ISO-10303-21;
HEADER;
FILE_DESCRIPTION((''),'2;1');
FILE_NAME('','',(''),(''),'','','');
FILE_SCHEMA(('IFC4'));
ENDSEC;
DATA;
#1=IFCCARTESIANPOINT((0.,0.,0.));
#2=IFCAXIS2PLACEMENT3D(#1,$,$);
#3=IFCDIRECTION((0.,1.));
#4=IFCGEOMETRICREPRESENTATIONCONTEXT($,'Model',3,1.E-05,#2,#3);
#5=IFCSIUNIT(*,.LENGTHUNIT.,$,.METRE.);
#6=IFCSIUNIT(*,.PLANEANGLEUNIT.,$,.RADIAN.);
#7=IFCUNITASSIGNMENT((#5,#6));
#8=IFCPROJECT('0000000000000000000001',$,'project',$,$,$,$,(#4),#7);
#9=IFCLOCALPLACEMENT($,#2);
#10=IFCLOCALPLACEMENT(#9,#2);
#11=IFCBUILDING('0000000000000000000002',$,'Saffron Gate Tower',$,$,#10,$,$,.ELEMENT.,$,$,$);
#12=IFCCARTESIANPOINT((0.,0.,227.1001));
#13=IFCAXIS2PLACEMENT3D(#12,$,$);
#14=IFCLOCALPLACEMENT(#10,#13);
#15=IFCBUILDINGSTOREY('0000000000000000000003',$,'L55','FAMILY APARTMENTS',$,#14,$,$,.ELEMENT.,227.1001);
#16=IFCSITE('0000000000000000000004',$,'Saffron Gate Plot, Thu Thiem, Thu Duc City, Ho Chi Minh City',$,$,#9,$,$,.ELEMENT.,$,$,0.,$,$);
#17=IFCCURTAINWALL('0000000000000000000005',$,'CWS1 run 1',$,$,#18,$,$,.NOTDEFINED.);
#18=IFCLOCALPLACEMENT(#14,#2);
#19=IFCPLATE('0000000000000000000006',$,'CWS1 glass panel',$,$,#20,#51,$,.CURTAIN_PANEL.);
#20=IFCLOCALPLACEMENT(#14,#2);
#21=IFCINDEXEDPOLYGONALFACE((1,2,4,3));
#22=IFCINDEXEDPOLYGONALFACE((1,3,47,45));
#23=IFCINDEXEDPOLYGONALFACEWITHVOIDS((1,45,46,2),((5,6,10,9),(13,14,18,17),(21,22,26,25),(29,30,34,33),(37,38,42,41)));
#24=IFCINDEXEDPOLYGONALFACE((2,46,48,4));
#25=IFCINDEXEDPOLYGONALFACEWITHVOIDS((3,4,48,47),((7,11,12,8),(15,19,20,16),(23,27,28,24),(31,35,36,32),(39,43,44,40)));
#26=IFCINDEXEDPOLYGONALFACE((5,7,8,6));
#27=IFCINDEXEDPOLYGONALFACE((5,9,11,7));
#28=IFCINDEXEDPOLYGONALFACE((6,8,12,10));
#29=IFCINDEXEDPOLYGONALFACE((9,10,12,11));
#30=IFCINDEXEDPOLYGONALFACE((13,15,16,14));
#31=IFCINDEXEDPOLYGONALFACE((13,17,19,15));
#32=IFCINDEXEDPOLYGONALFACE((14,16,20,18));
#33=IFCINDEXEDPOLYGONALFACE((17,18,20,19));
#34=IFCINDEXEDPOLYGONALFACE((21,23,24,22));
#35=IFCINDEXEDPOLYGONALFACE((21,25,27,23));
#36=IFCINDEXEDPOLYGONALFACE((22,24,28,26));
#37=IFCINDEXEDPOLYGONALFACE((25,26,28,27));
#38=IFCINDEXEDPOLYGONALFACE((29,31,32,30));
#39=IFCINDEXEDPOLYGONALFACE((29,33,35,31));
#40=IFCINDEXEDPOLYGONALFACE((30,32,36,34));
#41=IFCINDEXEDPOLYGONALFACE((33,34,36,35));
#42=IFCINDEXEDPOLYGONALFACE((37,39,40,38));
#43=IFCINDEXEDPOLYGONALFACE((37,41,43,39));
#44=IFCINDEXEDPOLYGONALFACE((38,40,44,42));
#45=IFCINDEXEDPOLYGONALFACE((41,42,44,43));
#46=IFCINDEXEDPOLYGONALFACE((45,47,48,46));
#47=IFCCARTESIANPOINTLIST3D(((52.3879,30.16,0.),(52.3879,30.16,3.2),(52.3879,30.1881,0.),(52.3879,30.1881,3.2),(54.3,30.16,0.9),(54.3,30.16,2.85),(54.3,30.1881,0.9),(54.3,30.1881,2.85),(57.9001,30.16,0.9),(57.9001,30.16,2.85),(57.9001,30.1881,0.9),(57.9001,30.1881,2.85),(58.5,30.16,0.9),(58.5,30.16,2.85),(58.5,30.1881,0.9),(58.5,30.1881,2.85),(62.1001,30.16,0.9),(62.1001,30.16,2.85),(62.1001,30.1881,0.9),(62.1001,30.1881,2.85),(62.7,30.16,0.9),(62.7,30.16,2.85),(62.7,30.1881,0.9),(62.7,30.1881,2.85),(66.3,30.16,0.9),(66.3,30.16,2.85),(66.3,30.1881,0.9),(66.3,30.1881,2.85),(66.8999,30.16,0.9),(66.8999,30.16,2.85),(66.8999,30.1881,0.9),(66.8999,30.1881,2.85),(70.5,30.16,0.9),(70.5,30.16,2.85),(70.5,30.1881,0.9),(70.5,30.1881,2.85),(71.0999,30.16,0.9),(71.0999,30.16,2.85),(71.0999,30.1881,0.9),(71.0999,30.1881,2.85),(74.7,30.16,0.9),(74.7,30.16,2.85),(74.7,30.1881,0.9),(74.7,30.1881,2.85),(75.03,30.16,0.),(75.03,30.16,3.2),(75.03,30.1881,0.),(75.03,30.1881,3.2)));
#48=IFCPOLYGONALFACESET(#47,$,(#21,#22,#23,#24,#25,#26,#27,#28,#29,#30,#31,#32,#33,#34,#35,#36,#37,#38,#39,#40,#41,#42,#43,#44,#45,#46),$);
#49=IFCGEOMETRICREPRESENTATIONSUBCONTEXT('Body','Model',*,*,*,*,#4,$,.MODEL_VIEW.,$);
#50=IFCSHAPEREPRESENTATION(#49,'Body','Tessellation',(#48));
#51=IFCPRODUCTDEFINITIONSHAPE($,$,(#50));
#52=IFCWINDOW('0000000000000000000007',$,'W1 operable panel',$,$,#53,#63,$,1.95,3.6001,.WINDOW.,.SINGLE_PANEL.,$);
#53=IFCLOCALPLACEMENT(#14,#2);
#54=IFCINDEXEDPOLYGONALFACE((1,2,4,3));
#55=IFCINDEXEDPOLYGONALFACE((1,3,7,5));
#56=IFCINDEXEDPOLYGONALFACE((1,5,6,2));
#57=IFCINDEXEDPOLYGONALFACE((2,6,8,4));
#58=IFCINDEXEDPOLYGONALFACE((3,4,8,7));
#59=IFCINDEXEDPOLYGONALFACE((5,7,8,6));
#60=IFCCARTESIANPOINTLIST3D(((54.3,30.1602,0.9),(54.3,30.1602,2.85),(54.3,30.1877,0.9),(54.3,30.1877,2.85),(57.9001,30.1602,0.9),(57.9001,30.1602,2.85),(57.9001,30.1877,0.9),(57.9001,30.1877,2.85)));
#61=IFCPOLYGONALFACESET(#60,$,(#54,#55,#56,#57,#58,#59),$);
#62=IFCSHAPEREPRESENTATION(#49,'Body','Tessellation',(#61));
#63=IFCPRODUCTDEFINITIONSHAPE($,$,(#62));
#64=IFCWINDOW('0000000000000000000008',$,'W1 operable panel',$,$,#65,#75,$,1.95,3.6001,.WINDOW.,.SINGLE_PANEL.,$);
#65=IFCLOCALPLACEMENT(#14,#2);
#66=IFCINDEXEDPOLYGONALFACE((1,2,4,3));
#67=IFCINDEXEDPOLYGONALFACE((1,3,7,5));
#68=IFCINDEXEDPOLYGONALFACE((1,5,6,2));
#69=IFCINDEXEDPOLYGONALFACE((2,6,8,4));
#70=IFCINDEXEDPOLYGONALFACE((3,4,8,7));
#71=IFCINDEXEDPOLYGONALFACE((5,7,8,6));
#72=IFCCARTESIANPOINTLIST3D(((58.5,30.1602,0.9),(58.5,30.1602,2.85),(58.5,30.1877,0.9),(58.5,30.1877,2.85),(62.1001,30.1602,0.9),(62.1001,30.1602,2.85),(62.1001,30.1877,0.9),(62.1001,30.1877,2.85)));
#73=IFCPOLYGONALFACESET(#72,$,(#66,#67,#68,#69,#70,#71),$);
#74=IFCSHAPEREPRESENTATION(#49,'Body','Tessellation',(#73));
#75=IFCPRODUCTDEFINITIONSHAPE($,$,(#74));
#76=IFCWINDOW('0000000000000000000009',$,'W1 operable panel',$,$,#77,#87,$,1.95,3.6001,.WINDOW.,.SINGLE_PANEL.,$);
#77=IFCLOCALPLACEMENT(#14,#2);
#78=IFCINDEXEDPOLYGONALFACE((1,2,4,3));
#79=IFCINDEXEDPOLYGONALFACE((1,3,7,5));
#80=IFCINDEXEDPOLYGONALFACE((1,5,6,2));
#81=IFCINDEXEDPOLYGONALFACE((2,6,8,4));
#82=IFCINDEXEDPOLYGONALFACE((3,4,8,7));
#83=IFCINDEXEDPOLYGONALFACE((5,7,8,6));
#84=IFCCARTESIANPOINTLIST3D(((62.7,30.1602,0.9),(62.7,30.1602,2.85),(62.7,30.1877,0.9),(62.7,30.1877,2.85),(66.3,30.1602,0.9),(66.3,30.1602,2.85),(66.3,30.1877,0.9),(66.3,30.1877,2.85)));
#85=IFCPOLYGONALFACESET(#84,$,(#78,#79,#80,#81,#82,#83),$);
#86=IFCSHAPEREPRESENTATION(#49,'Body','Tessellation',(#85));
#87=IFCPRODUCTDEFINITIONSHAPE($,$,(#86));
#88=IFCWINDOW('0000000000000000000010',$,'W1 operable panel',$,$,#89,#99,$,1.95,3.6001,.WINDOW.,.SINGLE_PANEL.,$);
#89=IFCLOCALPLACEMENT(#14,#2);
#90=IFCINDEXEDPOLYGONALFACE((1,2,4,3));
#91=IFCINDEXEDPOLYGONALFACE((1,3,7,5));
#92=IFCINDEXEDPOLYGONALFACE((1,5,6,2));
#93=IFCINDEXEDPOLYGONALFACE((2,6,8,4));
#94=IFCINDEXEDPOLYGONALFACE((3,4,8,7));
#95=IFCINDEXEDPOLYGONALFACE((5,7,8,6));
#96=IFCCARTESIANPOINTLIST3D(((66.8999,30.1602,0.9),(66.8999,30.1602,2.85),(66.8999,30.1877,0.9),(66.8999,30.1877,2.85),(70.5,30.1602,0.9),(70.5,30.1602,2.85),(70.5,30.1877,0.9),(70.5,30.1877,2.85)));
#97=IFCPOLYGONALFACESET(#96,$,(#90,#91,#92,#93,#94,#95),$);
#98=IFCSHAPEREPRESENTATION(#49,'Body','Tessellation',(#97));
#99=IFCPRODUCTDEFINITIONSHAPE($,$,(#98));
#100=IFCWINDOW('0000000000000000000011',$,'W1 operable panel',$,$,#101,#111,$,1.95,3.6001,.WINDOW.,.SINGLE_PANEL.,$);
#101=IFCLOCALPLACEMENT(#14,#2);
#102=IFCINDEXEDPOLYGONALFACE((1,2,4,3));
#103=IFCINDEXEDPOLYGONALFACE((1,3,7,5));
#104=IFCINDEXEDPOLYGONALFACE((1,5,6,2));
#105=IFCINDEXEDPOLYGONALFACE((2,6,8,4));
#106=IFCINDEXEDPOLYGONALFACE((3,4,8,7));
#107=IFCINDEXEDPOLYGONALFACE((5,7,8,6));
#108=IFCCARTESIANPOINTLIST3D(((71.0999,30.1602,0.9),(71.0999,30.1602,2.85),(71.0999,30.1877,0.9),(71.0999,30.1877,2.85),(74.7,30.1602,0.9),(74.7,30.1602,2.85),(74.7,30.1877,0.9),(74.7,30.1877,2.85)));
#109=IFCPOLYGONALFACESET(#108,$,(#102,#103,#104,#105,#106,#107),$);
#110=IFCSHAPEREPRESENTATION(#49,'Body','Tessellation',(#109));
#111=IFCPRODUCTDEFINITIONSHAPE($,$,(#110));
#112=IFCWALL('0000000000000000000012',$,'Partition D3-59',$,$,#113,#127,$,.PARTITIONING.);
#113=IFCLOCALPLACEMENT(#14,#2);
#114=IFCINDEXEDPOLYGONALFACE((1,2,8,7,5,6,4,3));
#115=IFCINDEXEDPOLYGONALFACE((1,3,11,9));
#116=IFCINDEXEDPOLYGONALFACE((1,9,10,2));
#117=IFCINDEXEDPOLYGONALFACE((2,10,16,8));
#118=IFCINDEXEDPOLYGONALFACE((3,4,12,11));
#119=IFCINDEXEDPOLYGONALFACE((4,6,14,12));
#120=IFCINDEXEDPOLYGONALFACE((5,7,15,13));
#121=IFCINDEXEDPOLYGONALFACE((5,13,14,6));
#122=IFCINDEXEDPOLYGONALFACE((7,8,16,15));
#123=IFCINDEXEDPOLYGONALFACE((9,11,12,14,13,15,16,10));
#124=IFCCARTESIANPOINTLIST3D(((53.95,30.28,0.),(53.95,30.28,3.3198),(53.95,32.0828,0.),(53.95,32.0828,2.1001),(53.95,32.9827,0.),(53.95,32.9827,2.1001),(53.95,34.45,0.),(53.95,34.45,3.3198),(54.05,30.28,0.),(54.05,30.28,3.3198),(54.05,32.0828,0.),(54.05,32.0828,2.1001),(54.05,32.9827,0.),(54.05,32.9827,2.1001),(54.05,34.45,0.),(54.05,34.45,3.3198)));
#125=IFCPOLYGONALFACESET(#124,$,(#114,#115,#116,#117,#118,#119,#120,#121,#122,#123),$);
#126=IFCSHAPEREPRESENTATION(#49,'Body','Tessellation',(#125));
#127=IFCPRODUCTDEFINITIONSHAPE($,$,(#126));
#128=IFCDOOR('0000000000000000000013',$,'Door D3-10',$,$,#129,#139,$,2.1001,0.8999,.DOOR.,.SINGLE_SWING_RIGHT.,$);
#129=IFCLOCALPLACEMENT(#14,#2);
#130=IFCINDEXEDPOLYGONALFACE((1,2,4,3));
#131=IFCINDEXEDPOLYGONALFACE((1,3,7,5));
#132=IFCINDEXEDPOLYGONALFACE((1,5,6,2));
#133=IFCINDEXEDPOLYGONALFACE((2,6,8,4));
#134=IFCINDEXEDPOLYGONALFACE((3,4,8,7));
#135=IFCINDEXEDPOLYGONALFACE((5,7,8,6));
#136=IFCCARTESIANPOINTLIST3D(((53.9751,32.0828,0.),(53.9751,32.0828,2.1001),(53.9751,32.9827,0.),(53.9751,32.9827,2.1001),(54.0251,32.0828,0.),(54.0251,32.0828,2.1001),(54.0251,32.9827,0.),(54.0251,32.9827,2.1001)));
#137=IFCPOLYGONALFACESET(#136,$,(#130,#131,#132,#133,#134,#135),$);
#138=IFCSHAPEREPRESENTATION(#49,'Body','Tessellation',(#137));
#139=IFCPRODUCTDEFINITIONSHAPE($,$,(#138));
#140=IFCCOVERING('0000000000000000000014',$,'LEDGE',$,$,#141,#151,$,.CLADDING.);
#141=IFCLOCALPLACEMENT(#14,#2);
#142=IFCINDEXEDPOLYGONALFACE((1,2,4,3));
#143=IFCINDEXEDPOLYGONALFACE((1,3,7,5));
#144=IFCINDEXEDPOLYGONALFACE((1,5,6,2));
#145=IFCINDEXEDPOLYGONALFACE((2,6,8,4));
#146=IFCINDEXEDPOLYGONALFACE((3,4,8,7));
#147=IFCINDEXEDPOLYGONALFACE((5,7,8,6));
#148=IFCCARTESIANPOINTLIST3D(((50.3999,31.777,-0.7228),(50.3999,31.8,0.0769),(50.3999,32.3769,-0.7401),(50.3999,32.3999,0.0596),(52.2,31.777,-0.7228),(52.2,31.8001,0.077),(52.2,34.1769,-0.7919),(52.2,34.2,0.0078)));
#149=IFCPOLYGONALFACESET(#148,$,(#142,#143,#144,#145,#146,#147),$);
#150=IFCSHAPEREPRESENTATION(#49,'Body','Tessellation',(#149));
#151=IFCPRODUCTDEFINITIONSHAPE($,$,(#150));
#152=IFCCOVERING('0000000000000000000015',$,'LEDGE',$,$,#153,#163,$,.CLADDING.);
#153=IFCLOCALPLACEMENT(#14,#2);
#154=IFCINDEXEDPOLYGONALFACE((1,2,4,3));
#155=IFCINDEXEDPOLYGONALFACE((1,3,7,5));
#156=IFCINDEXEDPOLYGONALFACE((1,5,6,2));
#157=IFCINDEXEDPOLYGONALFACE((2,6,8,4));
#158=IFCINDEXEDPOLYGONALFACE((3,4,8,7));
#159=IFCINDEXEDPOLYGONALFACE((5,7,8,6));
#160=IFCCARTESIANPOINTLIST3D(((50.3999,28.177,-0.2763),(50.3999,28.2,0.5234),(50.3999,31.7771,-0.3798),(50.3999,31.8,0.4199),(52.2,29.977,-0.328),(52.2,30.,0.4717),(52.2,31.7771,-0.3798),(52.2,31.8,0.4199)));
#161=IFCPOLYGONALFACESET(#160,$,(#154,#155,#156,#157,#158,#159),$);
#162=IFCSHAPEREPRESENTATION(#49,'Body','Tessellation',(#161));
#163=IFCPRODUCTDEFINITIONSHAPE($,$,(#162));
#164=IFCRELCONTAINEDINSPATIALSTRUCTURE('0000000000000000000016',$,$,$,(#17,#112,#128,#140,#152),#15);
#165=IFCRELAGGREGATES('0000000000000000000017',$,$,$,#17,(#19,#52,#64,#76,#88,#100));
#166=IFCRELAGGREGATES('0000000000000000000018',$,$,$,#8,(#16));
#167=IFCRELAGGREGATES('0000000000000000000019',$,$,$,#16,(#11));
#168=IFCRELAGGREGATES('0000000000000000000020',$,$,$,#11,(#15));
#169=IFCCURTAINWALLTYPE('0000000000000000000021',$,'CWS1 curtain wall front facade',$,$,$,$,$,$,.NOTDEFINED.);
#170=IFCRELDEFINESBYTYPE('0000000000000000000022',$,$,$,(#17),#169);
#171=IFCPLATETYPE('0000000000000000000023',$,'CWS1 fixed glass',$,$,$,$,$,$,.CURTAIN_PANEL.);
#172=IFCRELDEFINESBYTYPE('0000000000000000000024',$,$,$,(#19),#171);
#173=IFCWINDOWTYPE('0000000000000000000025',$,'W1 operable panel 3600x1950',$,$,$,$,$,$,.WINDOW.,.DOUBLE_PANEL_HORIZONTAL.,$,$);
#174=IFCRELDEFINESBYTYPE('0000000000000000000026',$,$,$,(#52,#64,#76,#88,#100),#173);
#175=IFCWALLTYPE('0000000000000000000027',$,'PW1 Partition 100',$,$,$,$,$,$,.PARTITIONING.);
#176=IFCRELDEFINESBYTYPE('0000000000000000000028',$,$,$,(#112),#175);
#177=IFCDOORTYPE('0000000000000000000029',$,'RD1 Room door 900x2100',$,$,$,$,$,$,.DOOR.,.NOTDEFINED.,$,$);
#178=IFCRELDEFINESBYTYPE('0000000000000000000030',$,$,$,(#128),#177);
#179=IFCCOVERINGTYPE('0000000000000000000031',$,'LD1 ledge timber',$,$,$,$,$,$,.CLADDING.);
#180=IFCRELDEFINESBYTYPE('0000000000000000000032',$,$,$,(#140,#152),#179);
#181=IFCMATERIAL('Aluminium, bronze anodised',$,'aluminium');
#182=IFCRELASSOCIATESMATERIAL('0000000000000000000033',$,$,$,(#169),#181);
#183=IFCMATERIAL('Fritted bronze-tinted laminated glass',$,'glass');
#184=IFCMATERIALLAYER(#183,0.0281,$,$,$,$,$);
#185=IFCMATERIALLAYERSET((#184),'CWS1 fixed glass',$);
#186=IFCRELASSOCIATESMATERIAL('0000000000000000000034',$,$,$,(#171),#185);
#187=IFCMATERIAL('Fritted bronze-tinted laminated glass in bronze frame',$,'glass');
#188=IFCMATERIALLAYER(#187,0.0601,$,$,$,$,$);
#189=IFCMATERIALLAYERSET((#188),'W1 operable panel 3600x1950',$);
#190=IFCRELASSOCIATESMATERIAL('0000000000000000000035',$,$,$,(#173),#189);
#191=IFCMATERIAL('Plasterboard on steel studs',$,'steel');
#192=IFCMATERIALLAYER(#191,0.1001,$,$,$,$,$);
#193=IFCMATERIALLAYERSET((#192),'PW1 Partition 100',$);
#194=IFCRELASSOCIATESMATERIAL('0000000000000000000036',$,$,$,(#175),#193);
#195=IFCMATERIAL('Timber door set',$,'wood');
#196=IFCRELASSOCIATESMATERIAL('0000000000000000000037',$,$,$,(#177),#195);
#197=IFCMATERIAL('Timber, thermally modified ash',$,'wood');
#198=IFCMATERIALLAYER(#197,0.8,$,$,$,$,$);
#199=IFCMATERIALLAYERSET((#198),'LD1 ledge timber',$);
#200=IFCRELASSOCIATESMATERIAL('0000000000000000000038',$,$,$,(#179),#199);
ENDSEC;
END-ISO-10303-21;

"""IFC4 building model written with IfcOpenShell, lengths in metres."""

from ifc_helpers import new_model, si_unit, direction, frame, frame_2d, origin, place, context, subcontext, project, spatial, polyline, rectangle, outline, extrude, material, layer, layer_set, type_object, element, fill, aggregate, save


model = new_model("IFC4")

# Units and contexts
model_context = context("Model", 3, precision=1e-05, world=origin(), true_north=direction((0.0, 1.0)))
body_context = subcontext(model_context, "Body", "Model", "MODEL_VIEW")
ifc_project = project(units=[si_unit("LENGTHUNIT", "METRE"), si_unit("PLANEANGLEUNIT", "RADIAN")], contexts=[model_context])

# Site, building, storey
site_placement = place(None, origin())
site = spatial("IfcSite", under=ifc_project, at=site_placement, Name="Saffron Gate Plot, Thu Thiem, Thu Duc City, Ho Chi Minh City", CompositionType="ELEMENT", RefElevation=0.0)
building_placement = place(site_placement, origin())
building = spatial("IfcBuilding", under=site, at=building_placement, Name="Saffron Gate Tower", CompositionType="ELEMENT")
storey_placement = place(building_placement, frame((0.0, 0.0, 227.1001)))
storey = spatial("IfcBuildingStorey", under=building, at=storey_placement, Name="L55", Description="FAMILY APARTMENTS", CompositionType="ELEMENT", Elevation=227.1001)

# Curtain wall
ifc_material_1 = material(Name="Aluminium, bronze anodised", Category="aluminium")
curtain_wall_type_1 = type_object("IfcCurtainWallType", Name="CWS1 curtain wall front facade", PredefinedType="NOTDEFINED", material=ifc_material_1)
curtain_wall_1_placement = place(storey_placement, origin())
curtain_wall_1 = element("IfcCurtainWall", 1, at=curtain_wall_1_placement, inside=storey, type_object=curtain_wall_type_1, Name="CWS1 run 1", PredefinedType="NOTDEFINED")

# Plate, openings, windows
ifc_material_2 = material(Name="Fritted bronze-tinted laminated glass", Category="glass")
ifc_layer_1 = layer(ifc_material_2, 0.0281)
ifc_layer_set_1 = layer_set([ifc_layer_1], Name="CWS1 fixed glass")
plate_type = type_object("IfcPlateType", Name="CWS1 fixed glass", PredefinedType="CURTAIN_PANEL", material=ifc_layer_set_1)
plate_placement = place(storey_placement, frame((52.3879, 30.1741, 0.0), z_axis=(0.0, 0.0, 1.0), x_axis=(1.0, 0.0, 0.0)))
plate = element("IfcPlate", 2, at=plate_placement, type_object=plate_type, Name="CWS1 glass panel", PredefinedType="CURTAIN_PANEL", context=body_context, shape_type="SweptSolid", body=[
    extrude(rectangle(XDim=22.6421, YDim=0.0281, at=frame_2d((11.321, 0.0))), origin(), (0.0, 0.0, 1.0), 3.2),
])
opening_1_placement = place(plate_placement, frame((1.9121, 0.0, 0.8999)))
opening_1 = element("IfcOpeningElement", 3, at=opening_1_placement, cuts=plate, PredefinedType="OPENING", context=body_context, shape_type="SweptSolid", body=[
    extrude(rectangle(XDim=3.6001, YDim=1.95, at=frame_2d((1.8, 0.9751))), frame((0.0, 0.0239, 0.0), z_axis=(0.0, -1.0, 0.0), x_axis=(1.0, 0.0, 0.0)), (0.0, 0.0, 1.0), 0.0481),
])
opening_2_placement = place(plate_placement, frame((6.1121, 0.0, 0.8999)))
opening_2 = element("IfcOpeningElement", 4, at=opening_2_placement, cuts=plate, PredefinedType="OPENING", context=body_context, shape_type="SweptSolid", body=[
    extrude(rectangle(XDim=3.6001, YDim=1.95, at=frame_2d((1.8, 0.9751))), frame((0.0, 0.0239, 0.0), z_axis=(0.0, -1.0, 0.0), x_axis=(1.0, 0.0, 0.0)), (0.0, 0.0, 1.0), 0.0481),
])
opening_3_placement = place(plate_placement, frame((10.312, 0.0, 0.8999)))
opening_3 = element("IfcOpeningElement", 5, at=opening_3_placement, cuts=plate, PredefinedType="OPENING", context=body_context, shape_type="SweptSolid", body=[
    extrude(rectangle(XDim=3.6001, YDim=1.95, at=frame_2d((1.8, 0.9751))), frame((0.0, 0.0239, 0.0), z_axis=(0.0, -1.0, 0.0), x_axis=(1.0, 0.0, 0.0)), (0.0, 0.0, 1.0), 0.0481),
])
opening_4_placement = place(plate_placement, frame((14.512, 0.0, 0.8999)))
opening_4 = element("IfcOpeningElement", 6, at=opening_4_placement, cuts=plate, PredefinedType="OPENING", context=body_context, shape_type="SweptSolid", body=[
    extrude(rectangle(XDim=3.6001, YDim=1.95, at=frame_2d((1.8, 0.9751))), frame((0.0, 0.0239, 0.0), z_axis=(0.0, -1.0, 0.0), x_axis=(1.0, 0.0, 0.0)), (0.0, 0.0, 1.0), 0.0481),
])
opening_5_placement = place(plate_placement, frame((18.7119, 0.0, 0.8999)))
opening_5 = element("IfcOpeningElement", 7, at=opening_5_placement, cuts=plate, PredefinedType="OPENING", context=body_context, shape_type="SweptSolid", body=[
    extrude(rectangle(XDim=3.6001, YDim=1.95, at=frame_2d((1.8, 0.9751))), frame((0.0, 0.0239, 0.0), z_axis=(0.0, -1.0, 0.0), x_axis=(1.0, 0.0, 0.0)), (0.0, 0.0, 1.0), 0.0481),
])
ifc_material_3 = material(Name="Fritted bronze-tinted laminated glass in bronze frame", Category="glass")
ifc_layer_2 = layer(ifc_material_3, 0.0601)
ifc_layer_set_2 = layer_set([ifc_layer_2], Name="W1 operable panel 3600x1950")
window_type = type_object("IfcWindowType", Name="W1 operable panel 3600x1950", PartitioningType="DOUBLE_PANEL_HORIZONTAL", PredefinedType="WINDOW", material=ifc_layer_set_2)
window_1_placement = place(opening_1_placement, origin())
window_1 = element("IfcWindow", 8, at=window_1_placement, type_object=window_type, Name="W1 operable panel", OverallHeight=1.95, OverallWidth=3.6001, PartitioningType="SINGLE_PANEL", PredefinedType="WINDOW", context=body_context, shape_type="SweptSolid", body=[
    extrude(rectangle(XDim=3.6001, YDim=1.95, at=frame_2d((1.8, 0.9751))), frame((0.0, 0.0137, 0.0), z_axis=(0.0, -1.0, 0.0), x_axis=(1.0, 0.0, 0.0)), (0.0, 0.0, 1.0), 0.0276),
])
fill(opening_1, window_1)
window_2_placement = place(opening_2_placement, origin())
window_2 = element("IfcWindow", 9, at=window_2_placement, type_object=window_type, Name="W1 operable panel", OverallHeight=1.95, OverallWidth=3.6001, PartitioningType="SINGLE_PANEL", PredefinedType="WINDOW", context=body_context, shape_type="SweptSolid", body=[
    extrude(rectangle(XDim=3.6001, YDim=1.95, at=frame_2d((1.8, 0.9751))), frame((0.0, 0.0137, 0.0), z_axis=(0.0, -1.0, 0.0), x_axis=(1.0, 0.0, 0.0)), (0.0, 0.0, 1.0), 0.0276),
])
fill(opening_2, window_2)
window_3_placement = place(opening_3_placement, origin())
window_3 = element("IfcWindow", 10, at=window_3_placement, type_object=window_type, Name="W1 operable panel", OverallHeight=1.95, OverallWidth=3.6001, PartitioningType="SINGLE_PANEL", PredefinedType="WINDOW", context=body_context, shape_type="SweptSolid", body=[
    extrude(rectangle(XDim=3.6001, YDim=1.95, at=frame_2d((1.8, 0.9751))), frame((0.0, 0.0137, 0.0), z_axis=(0.0, -1.0, 0.0), x_axis=(1.0, 0.0, 0.0)), (0.0, 0.0, 1.0), 0.0276),
])
fill(opening_3, window_3)
window_4_placement = place(opening_4_placement, origin())
window_4 = element("IfcWindow", 11, at=window_4_placement, type_object=window_type, Name="W1 operable panel", OverallHeight=1.95, OverallWidth=3.6001, PartitioningType="SINGLE_PANEL", PredefinedType="WINDOW", context=body_context, shape_type="SweptSolid", body=[
    extrude(rectangle(XDim=3.6001, YDim=1.95, at=frame_2d((1.8, 0.9751))), frame((0.0, 0.0137, 0.0), z_axis=(0.0, -1.0, 0.0), x_axis=(1.0, 0.0, 0.0)), (0.0, 0.0, 1.0), 0.0276),
])
fill(opening_4, window_4)
window_5_placement = place(opening_5_placement, origin())
window_5 = element("IfcWindow", 12, at=window_5_placement, type_object=window_type, Name="W1 operable panel", OverallHeight=1.95, OverallWidth=3.6001, PartitioningType="SINGLE_PANEL", PredefinedType="WINDOW", context=body_context, shape_type="SweptSolid", body=[
    extrude(rectangle(XDim=3.6001, YDim=1.95, at=frame_2d((1.8, 0.9751))), frame((0.0, 0.0137, 0.0), z_axis=(0.0, -1.0, 0.0), x_axis=(1.0, 0.0, 0.0)), (0.0, 0.0, 1.0), 0.0276),
])
fill(opening_5, window_5)
aggregate(curtain_wall_1, [plate, window_1, window_2, window_3, window_4, window_5])

# Wall, opening, door
ifc_material_4 = material(Name="Plasterboard on steel studs", Category="steel")
ifc_layer_3 = layer(ifc_material_4, 0.1001)
ifc_layer_set_3 = layer_set([ifc_layer_3], Name="PW1 Partition 100")
wall_type = type_object("IfcWallType", Name="PW1 Partition 100", PredefinedType="PARTITIONING", material=ifc_layer_set_3)
wall_placement = place(storey_placement, frame((54.0, 30.28, 0.0), z_axis=(0.0, 0.0, 1.0), x_axis=(0.0, 1.0, 0.0)))
wall = element("IfcWall", 13, at=wall_placement, inside=storey, type_object=wall_type, Name="Partition D3-59", PredefinedType="PARTITIONING", context=body_context, shape_type="SweptSolid", body=[
    extrude(rectangle(XDim=4.1699, YDim=0.1001, at=frame_2d((2.085, 0.0))), origin(), (0.0, 0.0, 1.0), 3.3198),
])
opening_6_placement = place(wall_placement, frame((1.8027, 0.0, 0.0)))
opening_6 = element("IfcOpeningElement", 14, at=opening_6_placement, cuts=wall, PredefinedType="OPENING", context=body_context, shape_type="SweptSolid", body=[
    extrude(rectangle(XDim=0.8999, YDim=2.1001, at=frame_2d((0.45, 1.05))), frame((0.0, 0.0601, 0.0), z_axis=(0.0, -1.0, 0.0), x_axis=(1.0, 0.0, 0.0)), (0.0, 0.0, 1.0), 0.1201),
])
ifc_material_5 = material(Name="Timber door set", Category="wood")
door_type = type_object("IfcDoorType", Name="RD1 Room door 900x2100", OperationType="NOTDEFINED", PredefinedType="DOOR", material=ifc_material_5)
door_placement = place(opening_6_placement, origin())
door = element("IfcDoor", 15, at=door_placement, inside=storey, type_object=door_type, Name="Door D3-10", OperationType="SINGLE_SWING_RIGHT", OverallHeight=2.1001, OverallWidth=0.8999, PredefinedType="DOOR", context=body_context, shape_type="SweptSolid", body=[
    extrude(rectangle(XDim=0.8999, YDim=2.1001, at=frame_2d((0.45, 1.05))), frame((0.0, 0.0249, 0.0), z_axis=(0.0, -1.0, 0.0), x_axis=(1.0, 0.0, 0.0)), (0.0, 0.0, 1.0), 0.05),
])
fill(opening_6, door)

# Coverings
ifc_material_6 = material(Name="Timber, thermally modified ash", Category="wood")
ifc_layer_4 = layer(ifc_material_6, 0.8)
ifc_layer_set_4 = layer_set([ifc_layer_4], Name="LD1 ledge timber")
covering_type_1 = type_object("IfcCoveringType", Name="LD1 ledge timber", PredefinedType="CLADDING", material=ifc_layer_set_4)
covering_1_placement = place(storey_placement, frame((52.2, 34.2, 0.0078), z_axis=(-0.000029, 0.028799, 0.999585), x_axis=(0.0, -0.999585, 0.028799)))
element("IfcCovering", 16, at=covering_1_placement, inside=storey, type_object=covering_type_1, Name="LEDGE", PredefinedType="CLADDING", context=body_context, shape_type="SweptSolid", body=[
    extrude(outline(polyline([(0.0, 0.0), (2.4009, 0.0), (2.4009, -1.8), (1.8008, -1.8), (0.0, 0.0)])), origin(), (0.0, 0.0, -1.0), 0.8),
])
covering_2_placement = place(storey_placement, frame((52.2, 31.8, 0.4199), z_axis=(0.0, 0.028742, 0.999587), x_axis=(0.0, -0.999587, 0.028742)))
element("IfcCovering", 17, at=covering_2_placement, inside=storey, type_object=covering_type_1, Name="LEDGE", PredefinedType="CLADDING", context=body_context, shape_type="SweptSolid", body=[
    extrude(outline(polyline([(0.0, 0.0), (1.8008, 0.0), (3.6016, -1.8), (0.0, -1.8), (0.0, 0.0)])), origin(), (0.0, 0.0, -1.0), 0.8),
])

save(model, "model.ifc")
